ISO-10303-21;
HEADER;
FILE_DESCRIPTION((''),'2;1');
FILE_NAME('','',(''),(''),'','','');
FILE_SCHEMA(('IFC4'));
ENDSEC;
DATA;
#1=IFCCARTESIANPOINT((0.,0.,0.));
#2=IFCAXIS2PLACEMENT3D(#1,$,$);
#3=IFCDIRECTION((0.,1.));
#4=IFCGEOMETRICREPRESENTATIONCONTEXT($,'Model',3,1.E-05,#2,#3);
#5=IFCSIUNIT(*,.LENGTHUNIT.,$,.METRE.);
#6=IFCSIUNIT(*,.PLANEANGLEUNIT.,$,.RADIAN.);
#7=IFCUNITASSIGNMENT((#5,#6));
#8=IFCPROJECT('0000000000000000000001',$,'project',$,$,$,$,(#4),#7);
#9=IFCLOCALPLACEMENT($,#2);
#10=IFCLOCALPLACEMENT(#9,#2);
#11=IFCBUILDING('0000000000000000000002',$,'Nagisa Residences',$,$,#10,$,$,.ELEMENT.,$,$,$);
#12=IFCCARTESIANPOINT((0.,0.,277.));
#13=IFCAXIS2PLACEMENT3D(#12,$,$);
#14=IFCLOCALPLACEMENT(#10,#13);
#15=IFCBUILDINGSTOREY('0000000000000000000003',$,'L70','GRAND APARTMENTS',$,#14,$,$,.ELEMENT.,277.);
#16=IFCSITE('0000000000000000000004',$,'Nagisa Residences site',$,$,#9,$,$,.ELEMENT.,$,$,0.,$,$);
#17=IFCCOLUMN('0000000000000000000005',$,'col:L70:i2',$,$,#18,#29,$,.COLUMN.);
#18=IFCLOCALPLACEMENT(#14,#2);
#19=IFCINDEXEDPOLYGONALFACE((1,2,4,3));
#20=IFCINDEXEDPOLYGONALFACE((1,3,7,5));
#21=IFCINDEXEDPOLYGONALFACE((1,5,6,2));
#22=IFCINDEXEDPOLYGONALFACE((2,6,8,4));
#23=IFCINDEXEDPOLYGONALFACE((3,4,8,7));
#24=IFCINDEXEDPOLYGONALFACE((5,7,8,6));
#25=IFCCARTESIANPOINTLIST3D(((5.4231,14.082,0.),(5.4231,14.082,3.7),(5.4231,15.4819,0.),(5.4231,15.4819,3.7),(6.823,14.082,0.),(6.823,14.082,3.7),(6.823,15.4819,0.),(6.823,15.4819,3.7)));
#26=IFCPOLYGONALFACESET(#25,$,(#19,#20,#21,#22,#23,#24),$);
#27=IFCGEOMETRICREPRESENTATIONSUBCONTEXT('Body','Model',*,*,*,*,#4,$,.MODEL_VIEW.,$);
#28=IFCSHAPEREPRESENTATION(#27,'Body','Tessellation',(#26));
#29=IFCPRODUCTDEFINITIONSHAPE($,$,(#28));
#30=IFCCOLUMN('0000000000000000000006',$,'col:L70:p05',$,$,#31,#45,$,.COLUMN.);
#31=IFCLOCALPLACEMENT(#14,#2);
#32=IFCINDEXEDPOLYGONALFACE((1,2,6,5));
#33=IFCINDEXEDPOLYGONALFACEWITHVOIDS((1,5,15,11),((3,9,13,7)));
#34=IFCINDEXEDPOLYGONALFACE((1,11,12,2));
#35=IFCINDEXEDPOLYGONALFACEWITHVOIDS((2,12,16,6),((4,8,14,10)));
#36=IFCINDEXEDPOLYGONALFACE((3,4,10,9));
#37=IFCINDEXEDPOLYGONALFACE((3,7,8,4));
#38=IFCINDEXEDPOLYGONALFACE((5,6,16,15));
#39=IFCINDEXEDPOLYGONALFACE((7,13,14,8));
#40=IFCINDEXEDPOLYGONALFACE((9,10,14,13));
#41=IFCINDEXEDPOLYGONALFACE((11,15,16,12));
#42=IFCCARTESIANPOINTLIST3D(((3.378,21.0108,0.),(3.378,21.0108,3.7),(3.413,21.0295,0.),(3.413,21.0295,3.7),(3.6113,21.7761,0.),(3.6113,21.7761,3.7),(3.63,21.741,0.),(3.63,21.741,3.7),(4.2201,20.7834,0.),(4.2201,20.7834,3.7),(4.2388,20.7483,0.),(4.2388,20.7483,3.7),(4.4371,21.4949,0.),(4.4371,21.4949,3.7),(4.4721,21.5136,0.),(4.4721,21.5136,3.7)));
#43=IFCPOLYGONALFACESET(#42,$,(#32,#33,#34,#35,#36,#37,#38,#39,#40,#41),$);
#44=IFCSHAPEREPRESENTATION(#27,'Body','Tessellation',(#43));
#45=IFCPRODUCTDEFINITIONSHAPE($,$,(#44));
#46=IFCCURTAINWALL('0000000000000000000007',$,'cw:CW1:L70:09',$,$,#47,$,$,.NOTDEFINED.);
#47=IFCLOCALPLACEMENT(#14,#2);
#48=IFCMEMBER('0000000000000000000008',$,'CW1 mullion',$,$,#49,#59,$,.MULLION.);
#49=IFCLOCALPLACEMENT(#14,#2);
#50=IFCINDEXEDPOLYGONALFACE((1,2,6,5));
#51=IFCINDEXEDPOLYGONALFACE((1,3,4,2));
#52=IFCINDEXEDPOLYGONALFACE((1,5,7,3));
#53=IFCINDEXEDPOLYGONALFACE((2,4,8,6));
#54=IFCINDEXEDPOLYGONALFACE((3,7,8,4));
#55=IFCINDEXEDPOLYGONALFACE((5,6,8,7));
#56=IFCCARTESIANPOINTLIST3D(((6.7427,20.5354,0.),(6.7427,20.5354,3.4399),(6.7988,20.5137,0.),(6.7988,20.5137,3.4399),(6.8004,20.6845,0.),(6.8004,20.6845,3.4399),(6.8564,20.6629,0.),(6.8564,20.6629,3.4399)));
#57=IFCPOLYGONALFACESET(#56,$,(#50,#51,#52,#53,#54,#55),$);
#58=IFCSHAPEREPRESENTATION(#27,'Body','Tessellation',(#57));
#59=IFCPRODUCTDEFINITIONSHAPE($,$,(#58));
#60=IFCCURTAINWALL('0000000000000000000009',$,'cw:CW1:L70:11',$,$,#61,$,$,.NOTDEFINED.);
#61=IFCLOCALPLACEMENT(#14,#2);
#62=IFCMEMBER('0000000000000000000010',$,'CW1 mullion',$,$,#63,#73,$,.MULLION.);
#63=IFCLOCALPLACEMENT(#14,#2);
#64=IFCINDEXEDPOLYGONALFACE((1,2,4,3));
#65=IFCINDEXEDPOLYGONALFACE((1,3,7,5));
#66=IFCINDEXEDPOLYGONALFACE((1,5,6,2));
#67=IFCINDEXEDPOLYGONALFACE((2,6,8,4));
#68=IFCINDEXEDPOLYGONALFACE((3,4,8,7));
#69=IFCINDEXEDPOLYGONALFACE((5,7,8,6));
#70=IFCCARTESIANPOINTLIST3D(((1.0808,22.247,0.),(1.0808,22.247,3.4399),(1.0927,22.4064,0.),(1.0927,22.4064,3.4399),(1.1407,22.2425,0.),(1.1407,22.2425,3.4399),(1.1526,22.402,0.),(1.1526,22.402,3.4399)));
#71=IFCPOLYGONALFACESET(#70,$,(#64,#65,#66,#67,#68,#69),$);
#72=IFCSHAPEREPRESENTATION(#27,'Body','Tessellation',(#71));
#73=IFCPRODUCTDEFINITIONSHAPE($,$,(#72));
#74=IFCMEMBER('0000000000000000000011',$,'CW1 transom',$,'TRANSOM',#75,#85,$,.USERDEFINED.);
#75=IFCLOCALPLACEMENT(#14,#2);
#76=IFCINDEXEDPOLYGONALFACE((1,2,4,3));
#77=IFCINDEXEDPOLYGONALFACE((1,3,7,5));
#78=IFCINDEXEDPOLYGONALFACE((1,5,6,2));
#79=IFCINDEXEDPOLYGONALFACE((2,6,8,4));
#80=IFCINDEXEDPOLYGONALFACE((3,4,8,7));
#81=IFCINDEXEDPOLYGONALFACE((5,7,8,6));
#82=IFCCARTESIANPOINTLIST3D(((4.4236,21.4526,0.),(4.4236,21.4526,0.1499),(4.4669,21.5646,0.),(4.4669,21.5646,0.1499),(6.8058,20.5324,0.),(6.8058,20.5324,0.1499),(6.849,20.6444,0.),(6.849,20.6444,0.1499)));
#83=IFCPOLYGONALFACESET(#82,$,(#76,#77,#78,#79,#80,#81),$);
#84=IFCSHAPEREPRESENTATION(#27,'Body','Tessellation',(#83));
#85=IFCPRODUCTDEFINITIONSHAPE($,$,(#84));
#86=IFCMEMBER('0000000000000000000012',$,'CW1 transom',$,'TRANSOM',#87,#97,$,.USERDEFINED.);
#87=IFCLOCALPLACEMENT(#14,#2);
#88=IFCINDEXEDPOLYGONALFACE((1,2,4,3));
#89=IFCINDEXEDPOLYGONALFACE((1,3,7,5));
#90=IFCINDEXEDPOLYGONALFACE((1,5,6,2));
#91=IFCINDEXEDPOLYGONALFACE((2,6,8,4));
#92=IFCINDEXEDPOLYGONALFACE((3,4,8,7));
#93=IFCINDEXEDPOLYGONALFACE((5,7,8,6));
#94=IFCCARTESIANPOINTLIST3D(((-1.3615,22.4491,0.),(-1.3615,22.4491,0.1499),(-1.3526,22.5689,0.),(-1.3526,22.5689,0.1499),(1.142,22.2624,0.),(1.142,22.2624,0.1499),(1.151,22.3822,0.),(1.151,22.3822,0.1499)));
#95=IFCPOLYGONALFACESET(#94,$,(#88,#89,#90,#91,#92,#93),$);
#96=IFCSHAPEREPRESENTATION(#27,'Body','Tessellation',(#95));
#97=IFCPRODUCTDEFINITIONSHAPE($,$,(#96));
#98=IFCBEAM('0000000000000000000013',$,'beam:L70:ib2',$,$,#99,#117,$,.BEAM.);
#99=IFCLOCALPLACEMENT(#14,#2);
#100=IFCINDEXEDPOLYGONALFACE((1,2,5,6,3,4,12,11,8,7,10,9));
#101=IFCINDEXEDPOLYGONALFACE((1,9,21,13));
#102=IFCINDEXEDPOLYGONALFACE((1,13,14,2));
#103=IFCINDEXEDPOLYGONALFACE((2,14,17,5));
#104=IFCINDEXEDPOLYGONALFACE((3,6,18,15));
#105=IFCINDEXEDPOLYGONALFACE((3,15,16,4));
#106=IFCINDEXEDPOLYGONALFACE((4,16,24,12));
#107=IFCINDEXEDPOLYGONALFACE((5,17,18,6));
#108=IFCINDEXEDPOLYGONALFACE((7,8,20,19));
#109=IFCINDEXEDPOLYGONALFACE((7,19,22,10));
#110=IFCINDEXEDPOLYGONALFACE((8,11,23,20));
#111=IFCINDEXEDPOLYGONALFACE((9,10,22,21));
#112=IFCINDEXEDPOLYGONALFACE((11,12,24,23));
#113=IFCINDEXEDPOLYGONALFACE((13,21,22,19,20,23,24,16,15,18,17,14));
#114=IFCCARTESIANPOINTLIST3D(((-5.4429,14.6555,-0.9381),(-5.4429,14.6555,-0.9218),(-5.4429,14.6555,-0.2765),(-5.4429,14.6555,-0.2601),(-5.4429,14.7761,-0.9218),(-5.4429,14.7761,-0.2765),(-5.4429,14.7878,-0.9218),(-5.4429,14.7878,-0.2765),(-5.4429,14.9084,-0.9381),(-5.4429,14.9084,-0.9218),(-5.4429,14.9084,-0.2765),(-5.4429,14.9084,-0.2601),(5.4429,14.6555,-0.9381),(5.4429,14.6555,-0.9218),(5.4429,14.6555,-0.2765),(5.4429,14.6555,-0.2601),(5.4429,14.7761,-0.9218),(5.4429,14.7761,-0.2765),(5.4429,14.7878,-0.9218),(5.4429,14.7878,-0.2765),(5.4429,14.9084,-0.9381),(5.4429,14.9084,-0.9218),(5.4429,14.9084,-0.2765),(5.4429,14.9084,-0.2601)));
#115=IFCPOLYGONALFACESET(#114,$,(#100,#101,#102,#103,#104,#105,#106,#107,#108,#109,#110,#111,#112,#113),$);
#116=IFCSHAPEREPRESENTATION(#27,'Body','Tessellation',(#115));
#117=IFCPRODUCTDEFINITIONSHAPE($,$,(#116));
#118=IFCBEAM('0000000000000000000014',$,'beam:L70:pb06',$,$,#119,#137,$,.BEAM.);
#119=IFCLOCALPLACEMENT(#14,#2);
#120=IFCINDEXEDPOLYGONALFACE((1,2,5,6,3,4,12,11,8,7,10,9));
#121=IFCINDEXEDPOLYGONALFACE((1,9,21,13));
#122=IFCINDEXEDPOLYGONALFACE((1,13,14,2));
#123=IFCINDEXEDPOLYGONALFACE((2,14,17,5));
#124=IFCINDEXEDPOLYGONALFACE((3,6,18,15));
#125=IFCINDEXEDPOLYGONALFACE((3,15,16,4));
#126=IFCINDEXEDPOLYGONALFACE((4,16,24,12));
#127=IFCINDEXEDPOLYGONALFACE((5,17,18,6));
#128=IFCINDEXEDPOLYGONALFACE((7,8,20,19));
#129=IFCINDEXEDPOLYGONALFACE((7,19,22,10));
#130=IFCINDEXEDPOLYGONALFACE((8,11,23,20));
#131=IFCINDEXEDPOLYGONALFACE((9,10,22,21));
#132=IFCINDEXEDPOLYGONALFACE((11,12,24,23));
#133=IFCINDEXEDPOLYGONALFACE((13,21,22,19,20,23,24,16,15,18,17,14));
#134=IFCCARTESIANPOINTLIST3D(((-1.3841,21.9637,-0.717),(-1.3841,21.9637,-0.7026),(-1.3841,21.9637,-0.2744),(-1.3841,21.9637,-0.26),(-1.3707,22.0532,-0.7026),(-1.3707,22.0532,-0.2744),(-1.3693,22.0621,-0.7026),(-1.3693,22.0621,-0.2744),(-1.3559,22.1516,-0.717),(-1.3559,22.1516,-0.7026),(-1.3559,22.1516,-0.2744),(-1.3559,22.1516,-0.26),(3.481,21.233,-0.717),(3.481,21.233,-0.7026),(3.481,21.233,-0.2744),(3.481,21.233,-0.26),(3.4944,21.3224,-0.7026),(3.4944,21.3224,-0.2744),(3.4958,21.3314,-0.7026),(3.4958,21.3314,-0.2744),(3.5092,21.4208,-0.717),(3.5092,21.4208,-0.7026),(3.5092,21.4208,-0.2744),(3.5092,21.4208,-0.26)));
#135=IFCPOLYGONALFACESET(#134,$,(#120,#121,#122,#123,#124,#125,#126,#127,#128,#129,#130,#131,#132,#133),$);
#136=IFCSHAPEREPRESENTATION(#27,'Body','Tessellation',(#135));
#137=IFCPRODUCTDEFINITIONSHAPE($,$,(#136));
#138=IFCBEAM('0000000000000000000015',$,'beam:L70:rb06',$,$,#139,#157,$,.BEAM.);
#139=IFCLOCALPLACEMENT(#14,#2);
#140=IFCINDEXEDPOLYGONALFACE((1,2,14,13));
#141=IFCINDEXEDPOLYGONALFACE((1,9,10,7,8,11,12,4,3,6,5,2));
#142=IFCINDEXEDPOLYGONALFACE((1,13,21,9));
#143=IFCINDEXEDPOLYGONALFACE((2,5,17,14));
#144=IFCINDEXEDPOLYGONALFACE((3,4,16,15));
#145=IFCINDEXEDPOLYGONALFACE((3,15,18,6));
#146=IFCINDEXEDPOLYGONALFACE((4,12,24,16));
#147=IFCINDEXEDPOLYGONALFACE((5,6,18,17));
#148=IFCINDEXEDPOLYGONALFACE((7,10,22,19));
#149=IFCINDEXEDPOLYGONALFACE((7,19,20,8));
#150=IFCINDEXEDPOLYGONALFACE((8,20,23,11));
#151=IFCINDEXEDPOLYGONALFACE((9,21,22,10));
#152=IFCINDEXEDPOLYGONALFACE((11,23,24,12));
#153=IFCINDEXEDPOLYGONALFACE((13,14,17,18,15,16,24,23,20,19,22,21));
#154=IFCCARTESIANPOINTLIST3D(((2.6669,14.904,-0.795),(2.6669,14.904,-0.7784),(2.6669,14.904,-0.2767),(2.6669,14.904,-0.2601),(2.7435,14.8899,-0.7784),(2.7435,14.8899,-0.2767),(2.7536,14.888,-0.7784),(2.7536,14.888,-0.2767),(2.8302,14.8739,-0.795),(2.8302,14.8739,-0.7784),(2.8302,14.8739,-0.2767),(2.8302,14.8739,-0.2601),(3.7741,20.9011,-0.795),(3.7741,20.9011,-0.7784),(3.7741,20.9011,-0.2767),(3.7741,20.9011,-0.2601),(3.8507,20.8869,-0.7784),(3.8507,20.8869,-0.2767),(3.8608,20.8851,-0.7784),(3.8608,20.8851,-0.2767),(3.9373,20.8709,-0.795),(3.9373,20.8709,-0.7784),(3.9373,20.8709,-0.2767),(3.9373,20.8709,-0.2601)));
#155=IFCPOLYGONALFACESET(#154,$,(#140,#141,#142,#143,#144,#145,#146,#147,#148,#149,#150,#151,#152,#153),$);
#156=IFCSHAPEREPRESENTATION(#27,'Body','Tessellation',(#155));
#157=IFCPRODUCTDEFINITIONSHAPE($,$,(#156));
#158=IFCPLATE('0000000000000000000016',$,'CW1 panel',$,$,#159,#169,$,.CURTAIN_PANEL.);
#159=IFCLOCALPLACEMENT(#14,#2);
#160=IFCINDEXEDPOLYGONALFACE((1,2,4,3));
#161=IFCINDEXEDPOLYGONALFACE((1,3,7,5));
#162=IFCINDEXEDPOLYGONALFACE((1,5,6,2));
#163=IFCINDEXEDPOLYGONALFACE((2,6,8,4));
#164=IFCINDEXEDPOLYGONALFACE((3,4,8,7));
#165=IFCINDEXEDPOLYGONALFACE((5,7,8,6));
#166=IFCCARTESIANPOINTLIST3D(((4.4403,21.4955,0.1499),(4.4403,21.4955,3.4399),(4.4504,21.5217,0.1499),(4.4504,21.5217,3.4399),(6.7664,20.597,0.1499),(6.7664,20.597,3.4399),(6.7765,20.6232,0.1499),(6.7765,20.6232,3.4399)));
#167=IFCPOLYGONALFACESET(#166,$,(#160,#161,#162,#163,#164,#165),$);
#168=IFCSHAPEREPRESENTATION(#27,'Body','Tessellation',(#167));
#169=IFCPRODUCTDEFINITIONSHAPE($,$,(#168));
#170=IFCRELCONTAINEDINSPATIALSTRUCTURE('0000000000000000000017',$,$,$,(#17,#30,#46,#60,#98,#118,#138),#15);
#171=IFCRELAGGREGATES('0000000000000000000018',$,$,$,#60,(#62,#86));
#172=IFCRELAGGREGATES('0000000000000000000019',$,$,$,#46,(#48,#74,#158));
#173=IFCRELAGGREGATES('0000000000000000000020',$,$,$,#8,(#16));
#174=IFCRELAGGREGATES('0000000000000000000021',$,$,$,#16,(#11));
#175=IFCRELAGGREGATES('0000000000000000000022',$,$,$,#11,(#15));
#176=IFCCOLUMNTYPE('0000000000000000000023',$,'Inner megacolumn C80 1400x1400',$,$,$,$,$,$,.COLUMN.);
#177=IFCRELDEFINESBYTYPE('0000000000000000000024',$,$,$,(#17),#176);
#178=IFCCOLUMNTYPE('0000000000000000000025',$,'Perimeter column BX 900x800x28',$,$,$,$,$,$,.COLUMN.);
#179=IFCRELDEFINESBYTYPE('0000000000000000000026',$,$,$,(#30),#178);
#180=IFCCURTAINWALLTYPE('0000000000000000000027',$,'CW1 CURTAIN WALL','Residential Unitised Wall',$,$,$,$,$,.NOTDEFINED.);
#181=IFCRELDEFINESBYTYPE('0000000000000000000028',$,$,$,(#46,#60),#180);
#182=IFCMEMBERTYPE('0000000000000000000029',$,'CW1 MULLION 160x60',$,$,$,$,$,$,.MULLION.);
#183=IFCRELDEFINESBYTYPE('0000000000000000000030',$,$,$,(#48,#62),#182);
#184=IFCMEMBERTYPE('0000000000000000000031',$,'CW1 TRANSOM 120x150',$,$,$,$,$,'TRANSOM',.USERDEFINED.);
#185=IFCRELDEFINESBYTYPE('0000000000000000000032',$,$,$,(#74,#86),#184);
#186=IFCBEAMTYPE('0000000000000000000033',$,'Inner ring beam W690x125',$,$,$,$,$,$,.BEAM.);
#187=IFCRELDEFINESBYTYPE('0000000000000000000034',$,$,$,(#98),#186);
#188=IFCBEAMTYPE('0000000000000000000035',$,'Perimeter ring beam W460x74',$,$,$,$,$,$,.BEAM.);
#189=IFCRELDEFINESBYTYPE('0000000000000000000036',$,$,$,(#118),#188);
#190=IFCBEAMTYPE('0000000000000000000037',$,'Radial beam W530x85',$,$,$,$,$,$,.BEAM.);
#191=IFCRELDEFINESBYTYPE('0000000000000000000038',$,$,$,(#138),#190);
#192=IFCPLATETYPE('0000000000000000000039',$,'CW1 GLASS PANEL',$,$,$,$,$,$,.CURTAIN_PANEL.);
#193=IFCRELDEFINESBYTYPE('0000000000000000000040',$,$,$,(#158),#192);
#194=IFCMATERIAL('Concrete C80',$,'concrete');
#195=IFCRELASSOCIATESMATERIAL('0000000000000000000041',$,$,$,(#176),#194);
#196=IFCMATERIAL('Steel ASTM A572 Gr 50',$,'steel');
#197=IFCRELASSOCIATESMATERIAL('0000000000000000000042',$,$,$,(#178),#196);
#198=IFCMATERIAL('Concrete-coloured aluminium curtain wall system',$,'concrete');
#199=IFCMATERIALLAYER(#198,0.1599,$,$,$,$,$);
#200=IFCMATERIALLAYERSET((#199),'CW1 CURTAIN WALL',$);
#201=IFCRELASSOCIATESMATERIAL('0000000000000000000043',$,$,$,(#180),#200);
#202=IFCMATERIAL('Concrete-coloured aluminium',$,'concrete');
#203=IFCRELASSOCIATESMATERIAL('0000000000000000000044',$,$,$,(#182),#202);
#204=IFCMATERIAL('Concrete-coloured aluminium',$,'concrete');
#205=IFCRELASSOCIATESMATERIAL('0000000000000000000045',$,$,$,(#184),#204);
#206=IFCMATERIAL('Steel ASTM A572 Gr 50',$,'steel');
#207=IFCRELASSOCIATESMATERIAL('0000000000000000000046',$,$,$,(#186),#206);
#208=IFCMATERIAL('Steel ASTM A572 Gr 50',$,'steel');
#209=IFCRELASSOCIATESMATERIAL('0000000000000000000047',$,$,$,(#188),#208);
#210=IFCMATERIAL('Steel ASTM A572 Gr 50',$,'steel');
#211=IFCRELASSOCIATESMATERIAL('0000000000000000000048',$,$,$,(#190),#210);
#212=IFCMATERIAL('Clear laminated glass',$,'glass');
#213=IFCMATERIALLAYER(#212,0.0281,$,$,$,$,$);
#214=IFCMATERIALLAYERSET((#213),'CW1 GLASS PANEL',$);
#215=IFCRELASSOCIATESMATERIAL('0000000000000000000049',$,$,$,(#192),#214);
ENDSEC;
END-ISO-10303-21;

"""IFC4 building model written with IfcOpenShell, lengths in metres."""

from ifc_helpers import new_model, si_unit, direction, frame, origin, origin_2d, place, context, subcontext, project, spatial, rectangle, hollow_rectangle, i_section, extrude, material, layer, layer_set, material_profile, profile_set, type_object, element, aggregate, save


model = new_model("IFC4")

# Units and contexts
model_context = context("Model", 3, precision=1e-05, world=origin(), true_north=direction((0.0, 1.0)))
body_context = subcontext(model_context, "Body", "Model", "MODEL_VIEW")
ifc_project = project(units=[si_unit("LENGTHUNIT", "METRE"), si_unit("PLANEANGLEUNIT", "RADIAN")], contexts=[model_context])

# Site, building, storey
site_placement = place(None, origin())
site = spatial("IfcSite", under=ifc_project, at=site_placement, Name="Nagisa Residences site", CompositionType="ELEMENT", RefElevation=0.0)
building_placement = place(site_placement, origin())
building = spatial("IfcBuilding", under=site, at=building_placement, Name="Nagisa Residences", CompositionType="ELEMENT")
storey_placement = place(building_placement, frame((0.0, 0.0, 277.0)))
storey = spatial("IfcBuildingStorey", under=building, at=storey_placement, Name="L70", Description="GRAND APARTMENTS", CompositionType="ELEMENT", Elevation=277.0)

# Columns
ifc_material_1 = material(Name="Concrete C80", Category="concrete")
ifc_material_profile_1 = material_profile(ifc_material_1, rectangle(XDim=1.3999, YDim=1.3999, at=origin_2d()), Name="C80 1400x1400")
ifc_profile_set_1 = profile_set([ifc_material_profile_1], Name="Concrete C80")
column_type_1 = type_object("IfcColumnType", Name="Inner megacolumn C80 1400x1400", PredefinedType="COLUMN", material=ifc_profile_set_1)
column_1_placement = place(storey_placement, frame((6.123, 14.782, 0.0), z_axis=(0.0, 0.0, 1.0), x_axis=(1.0, 0.0, 0.0)))
element("IfcColumn", 1, at=column_1_placement, inside=storey, type_object=column_type_1, Name="col:L70:i2", PredefinedType="COLUMN", context=body_context, shape_type="SweptSolid", body=[
    extrude(rectangle(XDim=1.3999, YDim=1.3999, at=origin_2d()), origin(), (0.0, 0.0, 1.0), 3.7),
])
ifc_material_2 = material(Name="Steel ASTM A572 Gr 50", Category="steel")
ifc_material_profile_2 = material_profile(ifc_material_2, hollow_rectangle(XDim=0.8999, YDim=0.8, WallThickness=0.0281, at=origin_2d()), Name="BX 900x800x28")
ifc_profile_set_2 = profile_set([ifc_material_profile_2], Name="Steel ASTM A572 Gr 50")
column_type_2 = type_object("IfcColumnType", Name="Perimeter column BX 900x800x28", PredefinedType="COLUMN", material=ifc_profile_set_2)
column_2_placement = place(storey_placement, frame((3.925, 21.2622, 0.0), z_axis=(0.0, 0.0, 1.0), x_axis=(-0.956525, 0.291652, 0.0)))
element("IfcColumn", 2, at=column_2_placement, inside=storey, type_object=column_type_2, Name="col:L70:p05", PredefinedType="COLUMN", context=body_context, shape_type="SweptSolid", body=[
    extrude(hollow_rectangle(XDim=0.8999, YDim=0.8, WallThickness=0.0281, at=origin_2d()), origin(), (0.0, 0.0, 1.0), 3.7),
])

# Curtain walls, members
ifc_material_3 = material(Name="Concrete-coloured aluminium curtain wall system", Category="concrete")
ifc_layer_1 = layer(ifc_material_3, 0.1599)
ifc_layer_set_1 = layer_set([ifc_layer_1], Name="CW1 CURTAIN WALL")
curtain_wall_type = type_object("IfcCurtainWallType", Name="CW1 CURTAIN WALL", Description="Residential Unitised Wall", PredefinedType="NOTDEFINED", material=ifc_layer_set_1)
curtain_wall_1_placement = place(storey_placement, origin())
curtain_wall_1 = element("IfcCurtainWall", 3, at=curtain_wall_1_placement, inside=storey, type_object=curtain_wall_type, Name="cw:CW1:L70:09", PredefinedType="NOTDEFINED")
ifc_material_4 = material(Name="Concrete-coloured aluminium", Category="concrete")
ifc_material_profile_3 = material_profile(ifc_material_4, rectangle(XDim=0.1599, YDim=0.0601, at=origin_2d()), Name="CW1 MULLION 160x60")
ifc_profile_set_3 = profile_set([ifc_material_profile_3], Name="Concrete-coloured aluminium")
member_type_1 = type_object("IfcMemberType", Name="CW1 MULLION 160x60", PredefinedType="MULLION", material=ifc_profile_set_3)
member_1_placement = place(storey_placement, frame((6.7996, 20.5991, 0.0), z_axis=(0.0, 0.0, 1.0), x_axis=(-0.360328, -0.932826, 0.0)))
member_1 = element("IfcMember", 4, at=member_1_placement, type_object=member_type_1, Name="CW1 mullion", PredefinedType="MULLION", context=body_context, shape_type="SweptSolid", body=[
    extrude(rectangle(XDim=0.1599, YDim=0.0601, at=origin_2d()), origin(), (0.0, 0.0, 1.0), 3.4399),
])
curtain_wall_2_placement = place(storey_placement, origin())
curtain_wall_2 = element("IfcCurtainWall", 5, at=curtain_wall_2_placement, inside=storey, type_object=curtain_wall_type, Name="cw:CW1:L70:11", PredefinedType="NOTDEFINED")
member_2_placement = place(storey_placement, frame((1.1167, 22.3245, 0.0), z_axis=(0.0, 0.0, 1.0), x_axis=(-0.074377, -0.99723, 0.0)))
member_2 = element("IfcMember", 6, at=member_2_placement, type_object=member_type_1, Name="CW1 mullion", PredefinedType="MULLION", context=body_context, shape_type="SweptSolid", body=[
    extrude(rectangle(XDim=0.1599, YDim=0.0601, at=origin_2d()), origin(), (0.0, 0.0, 1.0), 3.4399),
])

# Members
ifc_material_5 = material(Name="Concrete-coloured aluminium", Category="concrete")
ifc_material_profile_4 = material_profile(ifc_material_5, rectangle(XDim=0.1201, YDim=0.1499, at=origin_2d()), Name="CW1 TRANSOM 120x150")
ifc_profile_set_4 = profile_set([ifc_material_profile_4], Name="Concrete-coloured aluminium")
member_type_2 = type_object("IfcMemberType", Name="CW1 TRANSOM 120x150", ElementType="TRANSOM", PredefinedType="USERDEFINED", material=ifc_profile_set_4)
member_3_placement = place(storey_placement, frame((6.8274, 20.5884, 0.075), z_axis=(-0.932822, 0.360337, 0.0), x_axis=(-0.360337, -0.932822, 0.0)))
member_3 = element("IfcMember", 7, at=member_3_placement, type_object=member_type_2, Name="CW1 transom", ObjectType="TRANSOM", PredefinedType="USERDEFINED", context=body_context, shape_type="SweptSolid", body=[
    extrude(rectangle(XDim=0.1201, YDim=0.1499, at=origin_2d()), origin(), (0.0, 0.0, 1.0), 2.5537),
])
member_4_placement = place(storey_placement, frame((1.1465, 22.3223, 0.075), z_axis=(-0.997229, 0.074391, 0.0), x_axis=(-0.074391, -0.997229, 0.0)))
member_4 = element("IfcMember", 8, at=member_4_placement, type_object=member_type_2, Name="CW1 transom", ObjectType="TRANSOM", PredefinedType="USERDEFINED", context=body_context, shape_type="SweptSolid", body=[
    extrude(rectangle(XDim=0.1201, YDim=0.1499, at=origin_2d()), origin(), (0.0, 0.0, 1.0), 2.5105),
])
aggregate(curtain_wall_2, [member_2, member_4])

# Beams
ifc_material_6 = material(Name="Steel ASTM A572 Gr 50", Category="steel")
ifc_material_profile_5 = material_profile(ifc_material_6, i_section(OverallWidth=0.2529, OverallDepth=0.678, WebThickness=0.0117, FlangeThickness=0.0164, at=origin_2d()), Name="W690x125")
ifc_profile_set_5 = profile_set([ifc_material_profile_5], Name="Steel ASTM A572 Gr 50")
beam_type_1 = type_object("IfcBeamType", Name="Inner ring beam W690x125", PredefinedType="BEAM", material=ifc_profile_set_5)
beam_1_placement = place(storey_placement, frame((5.4429, 14.782, -0.5991), z_axis=(-1.0, 0.0, 0.0), x_axis=(0.0, -1.0, 0.0)))
element("IfcBeam", 9, at=beam_1_placement, inside=storey, type_object=beam_type_1, Name="beam:L70:ib2", PredefinedType="BEAM", context=body_context, shape_type="SweptSolid", body=[
    extrude(i_section(OverallWidth=0.2529, OverallDepth=0.678, WebThickness=0.0117, FlangeThickness=0.0164, at=origin_2d()), origin(), (0.0, 0.0, 1.0), 10.8857),
])
ifc_material_7 = material(Name="Steel ASTM A572 Gr 50", Category="steel")
ifc_material_profile_6 = material_profile(ifc_material_7, i_section(OverallWidth=0.1899, OverallDepth=0.457, WebThickness=0.009, FlangeThickness=0.0144, at=origin_2d()), Name="W460x74")
ifc_profile_set_6 = profile_set([ifc_material_profile_6], Name="Steel ASTM A572 Gr 50")
beam_type_2 = type_object("IfcBeamType", Name="Perimeter ring beam W460x74", PredefinedType="BEAM", material=ifc_profile_set_6)
beam_2_placement = place(storey_placement, frame((3.4951, 21.3269, -0.4885), z_axis=(-0.988908, 0.148532, 0.0), x_axis=(-0.148532, -0.988908, 0.0)))
element("IfcBeam", 10, at=beam_2_placement, inside=storey, type_object=beam_type_2, Name="beam:L70:pb06", PredefinedType="BEAM", context=body_context, shape_type="SweptSolid", body=[
    extrude(i_section(OverallWidth=0.1899, OverallDepth=0.457, WebThickness=0.009, FlangeThickness=0.0144, at=origin_2d()), origin(), (0.0, 0.0, 1.0), 4.9197),
])
ifc_material_8 = material(Name="Steel ASTM A572 Gr 50", Category="steel")
ifc_material_profile_7 = material_profile(ifc_material_8, i_section(OverallWidth=0.166, OverallDepth=0.5349, WebThickness=0.0103, FlangeThickness=0.0166, at=origin_2d()), Name="W530x85")
ifc_profile_set_7 = profile_set([ifc_material_profile_7], Name="Steel ASTM A572 Gr 50")
beam_type_3 = type_object("IfcBeamType", Name="Radial beam W530x85", PredefinedType="BEAM", material=ifc_profile_set_7)
beam_3_placement = place(storey_placement, frame((3.8557, 20.886, -0.5276), z_axis=(-0.181552, -0.983381, 0.0), x_axis=(0.983381, -0.181552, 0.0)))
element("IfcBeam", 11, at=beam_3_placement, inside=storey, type_object=beam_type_3, Name="beam:L70:rb06", PredefinedType="BEAM", context=body_context, shape_type="SweptSolid", body=[
    extrude(i_section(OverallWidth=0.166, OverallDepth=0.5349, WebThickness=0.0103, FlangeThickness=0.0166, at=origin_2d()), origin(), (0.0, 0.0, 1.0), 6.0984),
])

# Plate
ifc_material_9 = material(Name="Clear laminated glass", Category="glass")
ifc_layer_2 = layer(ifc_material_9, 0.0281)
ifc_layer_set_2 = layer_set([ifc_layer_2], Name="CW1 GLASS PANEL")
plate_type = type_object("IfcPlateType", Name="CW1 GLASS PANEL", PredefinedType="CURTAIN_PANEL", material=ifc_layer_set_2)
plate_placement = place(storey_placement, frame((5.6084, 21.0593, 0.1499), z_axis=(0.0, 0.0, 1.0), x_axis=(-0.932826, 0.360328, 0.0)))
plate = element("IfcPlate", 12, at=plate_placement, type_object=plate_type, Name="CW1 panel", PredefinedType="CURTAIN_PANEL", context=body_context, shape_type="SweptSolid", body=[
    extrude(rectangle(XDim=2.4937, YDim=0.0281, at=origin_2d()), origin(), (0.0, 0.0, 1.0), 3.29),
])
aggregate(curtain_wall_1, [member_1, member_3, plate])

save(model, "model.ifc")
